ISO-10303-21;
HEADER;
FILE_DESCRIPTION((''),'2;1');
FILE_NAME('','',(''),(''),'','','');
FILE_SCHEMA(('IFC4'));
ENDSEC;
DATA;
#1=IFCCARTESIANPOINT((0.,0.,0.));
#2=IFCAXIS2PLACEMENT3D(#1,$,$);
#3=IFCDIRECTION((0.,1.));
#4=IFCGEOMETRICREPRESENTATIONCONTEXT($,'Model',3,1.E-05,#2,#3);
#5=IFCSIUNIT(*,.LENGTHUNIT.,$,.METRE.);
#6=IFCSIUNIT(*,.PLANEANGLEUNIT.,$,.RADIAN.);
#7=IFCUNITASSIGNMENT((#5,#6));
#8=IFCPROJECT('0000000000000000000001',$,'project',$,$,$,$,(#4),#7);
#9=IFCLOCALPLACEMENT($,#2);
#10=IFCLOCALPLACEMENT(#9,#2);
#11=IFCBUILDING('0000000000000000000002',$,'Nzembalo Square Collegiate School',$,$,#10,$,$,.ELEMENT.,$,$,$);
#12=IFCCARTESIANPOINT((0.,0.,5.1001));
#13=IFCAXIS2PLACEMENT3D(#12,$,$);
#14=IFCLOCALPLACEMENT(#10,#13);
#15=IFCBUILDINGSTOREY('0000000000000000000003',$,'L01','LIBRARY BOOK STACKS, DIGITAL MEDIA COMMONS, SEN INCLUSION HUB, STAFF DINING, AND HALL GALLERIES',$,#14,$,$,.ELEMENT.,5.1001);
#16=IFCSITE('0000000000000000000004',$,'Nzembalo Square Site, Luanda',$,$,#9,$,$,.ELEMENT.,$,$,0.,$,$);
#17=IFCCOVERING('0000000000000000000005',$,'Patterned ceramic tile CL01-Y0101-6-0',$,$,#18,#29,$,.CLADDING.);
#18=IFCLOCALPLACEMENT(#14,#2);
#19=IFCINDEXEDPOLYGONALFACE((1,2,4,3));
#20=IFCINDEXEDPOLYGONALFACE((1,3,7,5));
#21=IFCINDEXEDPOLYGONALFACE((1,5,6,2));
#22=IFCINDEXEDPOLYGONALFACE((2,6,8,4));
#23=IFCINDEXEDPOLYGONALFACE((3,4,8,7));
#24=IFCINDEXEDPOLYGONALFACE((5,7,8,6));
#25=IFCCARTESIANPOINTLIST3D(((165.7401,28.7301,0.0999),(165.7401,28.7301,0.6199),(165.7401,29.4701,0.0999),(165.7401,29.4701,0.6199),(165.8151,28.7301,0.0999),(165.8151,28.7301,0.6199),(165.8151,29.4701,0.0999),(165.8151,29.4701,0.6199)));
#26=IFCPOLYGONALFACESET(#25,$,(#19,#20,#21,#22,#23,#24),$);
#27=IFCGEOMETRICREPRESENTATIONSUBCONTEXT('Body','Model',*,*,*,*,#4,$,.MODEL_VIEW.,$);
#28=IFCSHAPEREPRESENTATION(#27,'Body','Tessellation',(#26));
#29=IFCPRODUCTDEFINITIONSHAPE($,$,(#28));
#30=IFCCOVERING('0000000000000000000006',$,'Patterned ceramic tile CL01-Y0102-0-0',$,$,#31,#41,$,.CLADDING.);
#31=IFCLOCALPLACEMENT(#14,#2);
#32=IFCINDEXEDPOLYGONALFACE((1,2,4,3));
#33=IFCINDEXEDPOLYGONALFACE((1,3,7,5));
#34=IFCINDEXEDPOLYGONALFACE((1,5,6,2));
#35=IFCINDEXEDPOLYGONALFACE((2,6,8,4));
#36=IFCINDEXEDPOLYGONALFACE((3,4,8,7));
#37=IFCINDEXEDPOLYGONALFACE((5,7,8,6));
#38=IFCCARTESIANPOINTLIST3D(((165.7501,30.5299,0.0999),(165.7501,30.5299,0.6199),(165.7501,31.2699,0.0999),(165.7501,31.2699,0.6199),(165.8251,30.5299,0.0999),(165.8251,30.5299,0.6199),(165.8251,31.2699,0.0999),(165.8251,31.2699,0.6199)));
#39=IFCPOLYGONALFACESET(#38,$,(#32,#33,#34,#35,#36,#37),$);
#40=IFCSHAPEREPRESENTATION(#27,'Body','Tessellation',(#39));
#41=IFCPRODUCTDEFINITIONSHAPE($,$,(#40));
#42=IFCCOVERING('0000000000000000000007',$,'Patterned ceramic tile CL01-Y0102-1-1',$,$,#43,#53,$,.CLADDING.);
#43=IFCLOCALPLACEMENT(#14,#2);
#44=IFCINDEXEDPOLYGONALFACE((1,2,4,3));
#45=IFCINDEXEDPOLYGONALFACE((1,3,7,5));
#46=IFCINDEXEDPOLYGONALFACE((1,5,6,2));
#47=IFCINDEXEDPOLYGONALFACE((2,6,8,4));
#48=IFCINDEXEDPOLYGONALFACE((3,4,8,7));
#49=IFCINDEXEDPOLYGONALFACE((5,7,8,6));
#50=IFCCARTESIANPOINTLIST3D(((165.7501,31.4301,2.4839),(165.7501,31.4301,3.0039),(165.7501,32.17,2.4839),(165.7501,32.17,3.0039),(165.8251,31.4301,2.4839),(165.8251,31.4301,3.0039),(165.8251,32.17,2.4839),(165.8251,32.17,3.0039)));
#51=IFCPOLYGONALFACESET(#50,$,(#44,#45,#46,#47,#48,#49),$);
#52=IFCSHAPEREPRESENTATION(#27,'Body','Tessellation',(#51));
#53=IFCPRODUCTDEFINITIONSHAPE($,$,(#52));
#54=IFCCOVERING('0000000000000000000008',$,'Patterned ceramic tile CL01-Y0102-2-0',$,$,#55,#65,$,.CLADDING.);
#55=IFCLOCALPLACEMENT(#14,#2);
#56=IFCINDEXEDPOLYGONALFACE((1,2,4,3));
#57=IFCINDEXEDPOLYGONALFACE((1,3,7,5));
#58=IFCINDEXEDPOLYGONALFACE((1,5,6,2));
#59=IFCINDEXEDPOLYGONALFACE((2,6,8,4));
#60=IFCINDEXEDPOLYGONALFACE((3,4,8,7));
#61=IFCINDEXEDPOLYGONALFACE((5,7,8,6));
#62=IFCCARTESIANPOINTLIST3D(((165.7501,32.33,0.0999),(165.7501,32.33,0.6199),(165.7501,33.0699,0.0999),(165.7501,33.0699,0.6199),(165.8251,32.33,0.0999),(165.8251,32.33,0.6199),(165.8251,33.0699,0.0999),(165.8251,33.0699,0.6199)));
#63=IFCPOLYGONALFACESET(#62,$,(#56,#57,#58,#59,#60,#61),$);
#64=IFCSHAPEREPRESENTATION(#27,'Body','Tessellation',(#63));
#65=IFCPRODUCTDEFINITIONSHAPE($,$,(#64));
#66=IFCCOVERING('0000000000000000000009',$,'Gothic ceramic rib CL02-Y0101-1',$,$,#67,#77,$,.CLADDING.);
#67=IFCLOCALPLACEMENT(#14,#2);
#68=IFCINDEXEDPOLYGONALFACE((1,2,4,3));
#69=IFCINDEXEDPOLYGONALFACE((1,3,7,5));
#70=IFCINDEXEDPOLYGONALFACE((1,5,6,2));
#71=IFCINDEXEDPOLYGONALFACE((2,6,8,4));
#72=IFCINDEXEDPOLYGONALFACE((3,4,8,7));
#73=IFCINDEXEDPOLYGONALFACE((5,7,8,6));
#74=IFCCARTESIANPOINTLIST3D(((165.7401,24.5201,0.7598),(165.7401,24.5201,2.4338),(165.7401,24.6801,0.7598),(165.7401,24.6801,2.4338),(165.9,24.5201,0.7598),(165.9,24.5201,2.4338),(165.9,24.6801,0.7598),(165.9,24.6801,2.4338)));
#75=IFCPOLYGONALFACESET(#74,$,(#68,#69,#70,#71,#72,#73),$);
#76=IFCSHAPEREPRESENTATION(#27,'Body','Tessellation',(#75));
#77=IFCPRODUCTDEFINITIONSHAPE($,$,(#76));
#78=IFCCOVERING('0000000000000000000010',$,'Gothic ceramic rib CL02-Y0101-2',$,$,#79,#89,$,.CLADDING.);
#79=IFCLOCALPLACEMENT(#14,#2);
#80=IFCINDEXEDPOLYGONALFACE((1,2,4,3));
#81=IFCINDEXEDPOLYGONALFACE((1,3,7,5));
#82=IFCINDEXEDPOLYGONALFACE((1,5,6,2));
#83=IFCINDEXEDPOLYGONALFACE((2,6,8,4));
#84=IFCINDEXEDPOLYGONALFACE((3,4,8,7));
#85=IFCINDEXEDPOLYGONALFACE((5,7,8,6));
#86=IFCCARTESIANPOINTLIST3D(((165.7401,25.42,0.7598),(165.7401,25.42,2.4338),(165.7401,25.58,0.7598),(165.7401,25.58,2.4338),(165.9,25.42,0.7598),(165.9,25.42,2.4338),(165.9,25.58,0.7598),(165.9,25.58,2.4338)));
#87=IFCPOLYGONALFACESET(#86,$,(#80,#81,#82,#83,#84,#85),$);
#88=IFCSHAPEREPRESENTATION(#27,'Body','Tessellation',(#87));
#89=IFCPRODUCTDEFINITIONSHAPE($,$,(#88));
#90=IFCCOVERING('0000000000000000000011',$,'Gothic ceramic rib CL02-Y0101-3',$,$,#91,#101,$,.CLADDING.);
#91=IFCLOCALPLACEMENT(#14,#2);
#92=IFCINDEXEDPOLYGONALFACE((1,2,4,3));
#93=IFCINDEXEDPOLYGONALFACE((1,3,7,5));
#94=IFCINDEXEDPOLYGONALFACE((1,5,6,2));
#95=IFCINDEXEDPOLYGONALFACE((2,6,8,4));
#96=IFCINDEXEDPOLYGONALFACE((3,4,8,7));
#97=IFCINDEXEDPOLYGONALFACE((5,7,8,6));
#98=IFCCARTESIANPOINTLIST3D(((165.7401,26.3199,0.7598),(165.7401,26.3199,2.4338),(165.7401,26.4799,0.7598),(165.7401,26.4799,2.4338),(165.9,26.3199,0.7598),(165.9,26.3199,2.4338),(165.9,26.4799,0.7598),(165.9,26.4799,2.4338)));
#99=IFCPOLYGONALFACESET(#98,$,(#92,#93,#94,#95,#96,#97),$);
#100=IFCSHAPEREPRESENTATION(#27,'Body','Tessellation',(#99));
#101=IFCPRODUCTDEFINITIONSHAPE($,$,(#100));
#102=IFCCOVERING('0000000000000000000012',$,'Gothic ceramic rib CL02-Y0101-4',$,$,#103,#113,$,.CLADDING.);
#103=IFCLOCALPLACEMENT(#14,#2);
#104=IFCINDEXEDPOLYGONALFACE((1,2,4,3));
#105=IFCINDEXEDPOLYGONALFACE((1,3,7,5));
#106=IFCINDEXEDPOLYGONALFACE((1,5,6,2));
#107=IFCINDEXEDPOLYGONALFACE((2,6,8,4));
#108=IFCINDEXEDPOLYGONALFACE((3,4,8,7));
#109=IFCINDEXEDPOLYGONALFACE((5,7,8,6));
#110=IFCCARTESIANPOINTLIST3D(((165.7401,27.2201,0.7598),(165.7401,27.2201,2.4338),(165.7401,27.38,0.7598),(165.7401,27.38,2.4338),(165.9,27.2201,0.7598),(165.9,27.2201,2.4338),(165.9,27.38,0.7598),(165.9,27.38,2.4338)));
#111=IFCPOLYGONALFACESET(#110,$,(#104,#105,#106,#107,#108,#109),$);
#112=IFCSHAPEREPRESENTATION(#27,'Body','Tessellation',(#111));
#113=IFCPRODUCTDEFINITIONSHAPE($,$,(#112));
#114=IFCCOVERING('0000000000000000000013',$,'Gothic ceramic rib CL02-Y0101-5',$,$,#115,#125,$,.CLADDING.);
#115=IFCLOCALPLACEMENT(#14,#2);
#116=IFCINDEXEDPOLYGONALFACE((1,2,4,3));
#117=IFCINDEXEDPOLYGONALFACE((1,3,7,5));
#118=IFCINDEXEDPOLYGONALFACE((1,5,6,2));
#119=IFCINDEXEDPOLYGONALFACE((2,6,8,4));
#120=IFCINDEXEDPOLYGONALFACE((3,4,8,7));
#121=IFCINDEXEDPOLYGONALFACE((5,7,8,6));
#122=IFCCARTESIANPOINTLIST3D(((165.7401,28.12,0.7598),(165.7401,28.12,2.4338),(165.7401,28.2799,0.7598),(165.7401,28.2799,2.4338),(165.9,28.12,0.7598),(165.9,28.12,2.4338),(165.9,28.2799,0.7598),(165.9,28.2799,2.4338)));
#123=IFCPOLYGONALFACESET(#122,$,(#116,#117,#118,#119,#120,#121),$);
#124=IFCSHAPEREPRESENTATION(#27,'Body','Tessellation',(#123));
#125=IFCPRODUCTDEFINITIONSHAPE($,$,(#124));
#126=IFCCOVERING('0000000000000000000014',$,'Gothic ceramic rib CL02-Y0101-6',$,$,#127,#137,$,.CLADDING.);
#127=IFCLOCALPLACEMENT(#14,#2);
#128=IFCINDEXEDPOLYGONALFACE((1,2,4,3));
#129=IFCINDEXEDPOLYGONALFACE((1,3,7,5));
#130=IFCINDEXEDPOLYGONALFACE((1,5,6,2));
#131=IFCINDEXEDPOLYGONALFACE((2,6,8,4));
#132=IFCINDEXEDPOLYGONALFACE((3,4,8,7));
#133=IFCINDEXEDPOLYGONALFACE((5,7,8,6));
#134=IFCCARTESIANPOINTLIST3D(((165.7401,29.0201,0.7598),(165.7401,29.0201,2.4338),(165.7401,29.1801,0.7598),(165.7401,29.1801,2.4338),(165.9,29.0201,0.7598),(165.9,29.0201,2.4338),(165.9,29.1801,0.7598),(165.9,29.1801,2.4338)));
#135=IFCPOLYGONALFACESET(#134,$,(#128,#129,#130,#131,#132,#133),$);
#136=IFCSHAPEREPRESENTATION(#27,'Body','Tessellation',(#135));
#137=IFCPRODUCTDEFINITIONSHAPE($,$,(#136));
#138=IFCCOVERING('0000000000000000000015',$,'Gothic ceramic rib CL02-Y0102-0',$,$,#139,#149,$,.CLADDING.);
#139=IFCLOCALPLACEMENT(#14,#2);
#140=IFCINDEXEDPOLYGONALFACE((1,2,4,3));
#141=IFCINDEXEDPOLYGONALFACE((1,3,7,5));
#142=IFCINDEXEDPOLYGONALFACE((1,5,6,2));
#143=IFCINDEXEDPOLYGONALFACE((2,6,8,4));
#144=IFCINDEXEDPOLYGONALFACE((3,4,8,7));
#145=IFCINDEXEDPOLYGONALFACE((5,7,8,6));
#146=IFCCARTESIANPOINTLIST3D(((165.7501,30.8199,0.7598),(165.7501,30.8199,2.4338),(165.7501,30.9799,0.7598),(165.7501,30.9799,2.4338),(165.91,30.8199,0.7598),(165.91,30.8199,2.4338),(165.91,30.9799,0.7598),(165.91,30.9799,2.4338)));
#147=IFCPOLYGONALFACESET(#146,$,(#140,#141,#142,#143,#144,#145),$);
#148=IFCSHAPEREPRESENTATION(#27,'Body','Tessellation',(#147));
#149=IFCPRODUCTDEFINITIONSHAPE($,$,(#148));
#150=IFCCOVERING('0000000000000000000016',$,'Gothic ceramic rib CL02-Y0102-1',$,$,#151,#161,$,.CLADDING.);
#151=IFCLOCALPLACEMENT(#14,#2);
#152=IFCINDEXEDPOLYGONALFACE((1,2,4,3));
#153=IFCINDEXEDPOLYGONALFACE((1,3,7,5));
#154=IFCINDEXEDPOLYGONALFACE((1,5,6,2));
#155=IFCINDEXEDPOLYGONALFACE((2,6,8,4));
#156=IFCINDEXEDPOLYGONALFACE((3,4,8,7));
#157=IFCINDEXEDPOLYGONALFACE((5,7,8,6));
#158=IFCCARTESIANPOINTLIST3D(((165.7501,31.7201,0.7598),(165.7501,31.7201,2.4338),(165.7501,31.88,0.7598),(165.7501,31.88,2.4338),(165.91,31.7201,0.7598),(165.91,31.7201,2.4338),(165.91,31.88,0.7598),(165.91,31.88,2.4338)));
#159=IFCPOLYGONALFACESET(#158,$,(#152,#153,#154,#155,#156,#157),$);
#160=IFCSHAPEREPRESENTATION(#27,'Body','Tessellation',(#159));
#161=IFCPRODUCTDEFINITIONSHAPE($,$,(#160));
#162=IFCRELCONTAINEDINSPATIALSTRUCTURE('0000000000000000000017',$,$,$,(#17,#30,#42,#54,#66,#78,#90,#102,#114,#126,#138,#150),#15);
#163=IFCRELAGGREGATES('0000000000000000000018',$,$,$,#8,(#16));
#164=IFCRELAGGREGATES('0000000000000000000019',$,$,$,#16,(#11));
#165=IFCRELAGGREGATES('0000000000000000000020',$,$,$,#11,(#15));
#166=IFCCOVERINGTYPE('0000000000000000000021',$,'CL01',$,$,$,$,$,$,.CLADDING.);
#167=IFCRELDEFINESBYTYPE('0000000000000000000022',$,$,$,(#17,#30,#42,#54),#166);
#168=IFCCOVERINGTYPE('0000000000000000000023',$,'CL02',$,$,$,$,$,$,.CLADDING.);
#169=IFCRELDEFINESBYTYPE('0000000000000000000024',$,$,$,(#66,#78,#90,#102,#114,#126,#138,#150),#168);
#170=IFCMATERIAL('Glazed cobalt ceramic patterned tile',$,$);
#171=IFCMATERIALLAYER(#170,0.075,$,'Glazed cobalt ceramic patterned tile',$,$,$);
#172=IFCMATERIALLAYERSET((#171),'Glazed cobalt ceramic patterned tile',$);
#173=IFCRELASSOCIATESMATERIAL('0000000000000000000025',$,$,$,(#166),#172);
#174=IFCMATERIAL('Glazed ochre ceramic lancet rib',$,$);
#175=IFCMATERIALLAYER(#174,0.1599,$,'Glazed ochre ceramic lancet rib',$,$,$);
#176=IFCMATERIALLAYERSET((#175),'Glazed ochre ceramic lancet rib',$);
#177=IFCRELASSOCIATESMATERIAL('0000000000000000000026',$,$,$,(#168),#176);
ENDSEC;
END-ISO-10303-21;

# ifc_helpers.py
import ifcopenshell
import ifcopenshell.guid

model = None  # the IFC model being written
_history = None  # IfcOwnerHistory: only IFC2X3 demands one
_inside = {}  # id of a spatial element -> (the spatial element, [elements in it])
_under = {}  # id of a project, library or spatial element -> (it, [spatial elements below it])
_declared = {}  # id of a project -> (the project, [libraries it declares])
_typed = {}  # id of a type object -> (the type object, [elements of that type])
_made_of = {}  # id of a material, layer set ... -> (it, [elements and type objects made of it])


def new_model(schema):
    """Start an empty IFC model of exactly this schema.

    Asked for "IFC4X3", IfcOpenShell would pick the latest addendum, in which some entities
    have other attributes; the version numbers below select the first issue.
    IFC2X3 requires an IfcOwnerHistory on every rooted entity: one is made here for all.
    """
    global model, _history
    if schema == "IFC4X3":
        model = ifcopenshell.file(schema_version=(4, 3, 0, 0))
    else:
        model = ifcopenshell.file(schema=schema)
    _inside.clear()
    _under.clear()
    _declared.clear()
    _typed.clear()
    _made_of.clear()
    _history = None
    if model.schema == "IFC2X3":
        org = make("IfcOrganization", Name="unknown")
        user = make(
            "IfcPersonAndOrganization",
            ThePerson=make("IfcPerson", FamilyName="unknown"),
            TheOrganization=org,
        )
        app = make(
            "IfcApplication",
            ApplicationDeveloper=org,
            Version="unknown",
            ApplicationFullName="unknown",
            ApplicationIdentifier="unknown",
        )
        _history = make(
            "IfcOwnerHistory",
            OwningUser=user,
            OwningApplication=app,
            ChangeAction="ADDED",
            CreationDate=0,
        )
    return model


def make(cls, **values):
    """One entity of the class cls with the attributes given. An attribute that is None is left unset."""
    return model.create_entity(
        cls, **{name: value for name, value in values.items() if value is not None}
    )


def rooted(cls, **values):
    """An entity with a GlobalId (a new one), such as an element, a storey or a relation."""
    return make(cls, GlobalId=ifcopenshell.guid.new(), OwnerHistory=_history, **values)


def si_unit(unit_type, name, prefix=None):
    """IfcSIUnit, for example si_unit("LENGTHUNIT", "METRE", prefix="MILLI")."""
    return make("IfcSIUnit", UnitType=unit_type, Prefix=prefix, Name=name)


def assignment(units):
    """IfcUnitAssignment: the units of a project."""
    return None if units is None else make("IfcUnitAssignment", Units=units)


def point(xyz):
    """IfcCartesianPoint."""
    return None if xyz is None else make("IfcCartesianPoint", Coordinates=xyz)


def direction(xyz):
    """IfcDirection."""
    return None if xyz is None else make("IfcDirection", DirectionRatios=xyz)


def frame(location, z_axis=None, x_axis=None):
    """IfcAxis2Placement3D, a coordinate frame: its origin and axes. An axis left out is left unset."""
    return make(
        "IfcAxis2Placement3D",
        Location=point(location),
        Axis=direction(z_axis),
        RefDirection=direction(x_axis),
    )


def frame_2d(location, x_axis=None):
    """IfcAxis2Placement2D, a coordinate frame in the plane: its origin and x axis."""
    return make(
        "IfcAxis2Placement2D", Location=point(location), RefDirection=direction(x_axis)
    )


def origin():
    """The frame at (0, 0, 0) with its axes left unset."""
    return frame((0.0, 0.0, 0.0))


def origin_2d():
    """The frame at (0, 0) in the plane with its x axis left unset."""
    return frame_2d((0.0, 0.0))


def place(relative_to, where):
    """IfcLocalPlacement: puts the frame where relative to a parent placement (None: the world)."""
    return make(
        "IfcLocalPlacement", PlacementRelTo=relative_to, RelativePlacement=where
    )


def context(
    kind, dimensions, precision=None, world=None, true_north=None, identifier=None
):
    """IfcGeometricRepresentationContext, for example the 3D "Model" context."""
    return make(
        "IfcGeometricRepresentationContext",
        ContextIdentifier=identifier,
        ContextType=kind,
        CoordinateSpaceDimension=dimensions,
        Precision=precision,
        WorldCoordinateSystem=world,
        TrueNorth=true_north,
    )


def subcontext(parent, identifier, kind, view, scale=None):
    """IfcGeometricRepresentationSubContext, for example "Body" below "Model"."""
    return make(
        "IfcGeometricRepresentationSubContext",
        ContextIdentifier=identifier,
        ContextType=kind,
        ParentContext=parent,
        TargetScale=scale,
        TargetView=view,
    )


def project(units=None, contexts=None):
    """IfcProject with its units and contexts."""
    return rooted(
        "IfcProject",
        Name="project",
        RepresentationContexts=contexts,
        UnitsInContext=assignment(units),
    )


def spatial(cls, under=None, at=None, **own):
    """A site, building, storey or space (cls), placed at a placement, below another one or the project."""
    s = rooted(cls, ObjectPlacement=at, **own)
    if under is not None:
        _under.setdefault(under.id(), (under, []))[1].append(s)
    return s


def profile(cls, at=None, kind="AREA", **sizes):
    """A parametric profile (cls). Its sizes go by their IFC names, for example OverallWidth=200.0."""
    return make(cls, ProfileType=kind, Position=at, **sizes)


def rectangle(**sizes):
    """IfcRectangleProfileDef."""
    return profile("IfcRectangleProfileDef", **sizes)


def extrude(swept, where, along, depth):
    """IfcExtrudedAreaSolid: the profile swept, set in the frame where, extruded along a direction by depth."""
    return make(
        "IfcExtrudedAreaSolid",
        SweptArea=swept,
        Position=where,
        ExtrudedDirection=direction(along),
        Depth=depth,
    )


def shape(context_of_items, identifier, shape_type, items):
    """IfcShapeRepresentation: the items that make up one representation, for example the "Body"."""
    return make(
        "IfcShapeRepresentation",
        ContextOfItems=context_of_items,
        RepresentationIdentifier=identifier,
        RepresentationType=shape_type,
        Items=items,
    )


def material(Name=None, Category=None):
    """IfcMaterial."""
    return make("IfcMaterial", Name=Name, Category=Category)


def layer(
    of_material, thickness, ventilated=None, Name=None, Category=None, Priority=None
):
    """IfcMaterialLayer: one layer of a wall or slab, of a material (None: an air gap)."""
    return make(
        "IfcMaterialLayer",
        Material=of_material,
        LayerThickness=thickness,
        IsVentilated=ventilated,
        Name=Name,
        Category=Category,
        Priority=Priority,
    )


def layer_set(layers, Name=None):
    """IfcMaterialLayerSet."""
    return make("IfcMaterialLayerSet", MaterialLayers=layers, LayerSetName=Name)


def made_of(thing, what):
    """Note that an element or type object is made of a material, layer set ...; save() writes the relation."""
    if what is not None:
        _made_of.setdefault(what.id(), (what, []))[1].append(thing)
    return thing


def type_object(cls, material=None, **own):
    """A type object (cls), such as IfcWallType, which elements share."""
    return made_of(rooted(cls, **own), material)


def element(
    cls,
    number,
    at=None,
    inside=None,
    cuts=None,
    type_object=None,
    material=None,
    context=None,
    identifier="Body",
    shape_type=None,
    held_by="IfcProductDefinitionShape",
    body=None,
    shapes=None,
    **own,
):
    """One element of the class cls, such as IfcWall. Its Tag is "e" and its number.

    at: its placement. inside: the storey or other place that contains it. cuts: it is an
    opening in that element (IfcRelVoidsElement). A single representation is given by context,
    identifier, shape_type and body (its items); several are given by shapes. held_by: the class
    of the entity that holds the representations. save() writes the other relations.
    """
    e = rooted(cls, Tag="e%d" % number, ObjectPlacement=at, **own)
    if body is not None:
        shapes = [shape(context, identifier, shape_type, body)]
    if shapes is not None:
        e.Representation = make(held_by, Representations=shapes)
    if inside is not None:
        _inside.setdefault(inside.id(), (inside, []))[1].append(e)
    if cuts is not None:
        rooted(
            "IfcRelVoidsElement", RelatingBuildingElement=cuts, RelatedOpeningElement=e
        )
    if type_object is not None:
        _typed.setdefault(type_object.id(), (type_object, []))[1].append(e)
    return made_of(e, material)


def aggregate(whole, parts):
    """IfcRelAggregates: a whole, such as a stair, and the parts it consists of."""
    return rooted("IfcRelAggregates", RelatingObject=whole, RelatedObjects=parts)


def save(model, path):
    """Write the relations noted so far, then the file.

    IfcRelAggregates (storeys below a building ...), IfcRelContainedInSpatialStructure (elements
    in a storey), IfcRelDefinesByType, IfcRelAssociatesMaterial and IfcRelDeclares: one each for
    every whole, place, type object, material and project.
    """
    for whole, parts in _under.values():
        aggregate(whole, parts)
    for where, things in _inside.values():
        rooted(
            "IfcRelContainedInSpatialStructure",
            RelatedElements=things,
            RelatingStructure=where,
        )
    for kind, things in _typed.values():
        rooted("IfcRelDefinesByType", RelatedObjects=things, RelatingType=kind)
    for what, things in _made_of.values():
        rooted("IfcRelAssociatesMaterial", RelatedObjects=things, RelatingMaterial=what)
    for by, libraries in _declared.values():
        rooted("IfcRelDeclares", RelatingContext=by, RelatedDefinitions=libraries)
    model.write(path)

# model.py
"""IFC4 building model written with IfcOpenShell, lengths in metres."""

from ifc_helpers import new_model, si_unit, direction, frame, origin, origin_2d, place, context, subcontext, project, spatial, rectangle, extrude, material, layer, layer_set, type_object, element, save


model = new_model("IFC4")

# Units and contexts
model_context = context("Model", 3, precision=1e-05, world=origin(), true_north=direction((0.0, 1.0)))
body_context = subcontext(model_context, "Body", "Model", "MODEL_VIEW")
ifc_project = project(units=[si_unit("LENGTHUNIT", "METRE"), si_unit("PLANEANGLEUNIT", "RADIAN")], contexts=[model_context])

# Site, building, storey
site_placement = place(None, origin())
site = spatial("IfcSite", under=ifc_project, at=site_placement, Name="Nzembalo Square Site, Luanda", CompositionType="ELEMENT", RefElevation=0.0)
building_placement = place(site_placement, origin())
building = spatial("IfcBuilding", under=site, at=building_placement, Name="Nzembalo Square Collegiate School", CompositionType="ELEMENT")
storey_placement = place(building_placement, frame((0.0, 0.0, 5.1001)))
storey = spatial("IfcBuildingStorey", under=building, at=storey_placement, Name="L01", Description="LIBRARY BOOK STACKS, DIGITAL MEDIA COMMONS, SEN INCLUSION HUB, STAFF DINING, AND HALL GALLERIES", CompositionType="ELEMENT", Elevation=5.1001)

# Coverings
ifc_material_1 = material(Name="Glazed cobalt ceramic patterned tile")
ifc_layer_1 = layer(ifc_material_1, 0.075, Name="Glazed cobalt ceramic patterned tile")
ifc_layer_set_1 = layer_set([ifc_layer_1], Name="Glazed cobalt ceramic patterned tile")
covering_type_1 = type_object("IfcCoveringType", Name="CL01", PredefinedType="CLADDING", material=ifc_layer_set_1)
for number, where, z_axis, x_axis, name in (
    (1, (165.7776, 29.1001, 0.0999), (0.0, 0.0, 1.0), (1.0, 0.0, 0.0), "Patterned ceramic tile CL01-Y0101-6-0"),
    (2, (165.7876, 30.8999, 0.0999), (0.0, 0.0, 1.0), (1.0, 0.0, 0.0), "Patterned ceramic tile CL01-Y0102-0-0"),
    (3, (165.7876, 31.8, 2.4839), (0.0, 0.0, 1.0), (1.0, 0.0, 0.0), "Patterned ceramic tile CL01-Y0102-1-1"),
    (4, (165.7876, 32.7, 0.0999), (0.0, 0.0, 1.0), (1.0, 0.0, 0.0), "Patterned ceramic tile CL01-Y0102-2-0"),
):
    element("IfcCovering", number, at=place(storey_placement, frame(where, z_axis=z_axis, x_axis=x_axis)), inside=storey, type_object=covering_type_1, Name=name, PredefinedType="CLADDING", context=body_context, shape_type="SweptSolid", body=[
        extrude(rectangle(XDim=0.075, YDim=0.74, at=origin_2d()), origin(), (0.0, 0.0, 1.0), 0.52),
    ])
ifc_material_2 = material(Name="Glazed ochre ceramic lancet rib")
ifc_layer_2 = layer(ifc_material_2, 0.1599, Name="Glazed ochre ceramic lancet rib")
ifc_layer_set_2 = layer_set([ifc_layer_2], Name="Glazed ochre ceramic lancet rib")
covering_type_2 = type_object("IfcCoveringType", Name="CL02", PredefinedType="CLADDING", material=ifc_layer_set_2)
for number, where, z_axis, x_axis, name in (
    (5, (165.8201, 24.6001, 0.7598), (0.0, 0.0, 1.0), (1.0, 0.0, 0.0), "Gothic ceramic rib CL02-Y0101-1"),
    (6, (165.8201, 25.5, 0.7598), (0.0, 0.0, 1.0), (1.0, 0.0, 0.0), "Gothic ceramic rib CL02-Y0101-2"),
    (7, (165.8201, 26.3999, 0.7598), (0.0, 0.0, 1.0), (1.0, 0.0, 0.0), "Gothic ceramic rib CL02-Y0101-3"),
    (8, (165.8201, 27.3, 0.7598), (0.0, 0.0, 1.0), (1.0, 0.0, 0.0), "Gothic ceramic rib CL02-Y0101-4"),
    (9, (165.8201, 28.2, 0.7598), (0.0, 0.0, 1.0), (1.0, 0.0, 0.0), "Gothic ceramic rib CL02-Y0101-5"),
    (10, (165.8201, 29.1001, 0.7598), (0.0, 0.0, 1.0), (1.0, 0.0, 0.0), "Gothic ceramic rib CL02-Y0101-6"),
    (11, (165.8301, 30.8999, 0.7598), (0.0, 0.0, 1.0), (1.0, 0.0, 0.0), "Gothic ceramic rib CL02-Y0102-0"),
    (12, (165.8301, 31.8, 0.7598), (0.0, 0.0, 1.0), (1.0, 0.0, 0.0), "Gothic ceramic rib CL02-Y0102-1"),
):
    element("IfcCovering", number, at=place(storey_placement, frame(where, z_axis=z_axis, x_axis=x_axis)), inside=storey, type_object=covering_type_2, Name=name, PredefinedType="CLADDING", context=body_context, shape_type="SweptSolid", body=[
        extrude(rectangle(XDim=0.1599, YDim=0.1599, at=origin_2d()), origin(), (0.0, 0.0, 1.0), 1.6741),
    ])

save(model, "model.ifc")
